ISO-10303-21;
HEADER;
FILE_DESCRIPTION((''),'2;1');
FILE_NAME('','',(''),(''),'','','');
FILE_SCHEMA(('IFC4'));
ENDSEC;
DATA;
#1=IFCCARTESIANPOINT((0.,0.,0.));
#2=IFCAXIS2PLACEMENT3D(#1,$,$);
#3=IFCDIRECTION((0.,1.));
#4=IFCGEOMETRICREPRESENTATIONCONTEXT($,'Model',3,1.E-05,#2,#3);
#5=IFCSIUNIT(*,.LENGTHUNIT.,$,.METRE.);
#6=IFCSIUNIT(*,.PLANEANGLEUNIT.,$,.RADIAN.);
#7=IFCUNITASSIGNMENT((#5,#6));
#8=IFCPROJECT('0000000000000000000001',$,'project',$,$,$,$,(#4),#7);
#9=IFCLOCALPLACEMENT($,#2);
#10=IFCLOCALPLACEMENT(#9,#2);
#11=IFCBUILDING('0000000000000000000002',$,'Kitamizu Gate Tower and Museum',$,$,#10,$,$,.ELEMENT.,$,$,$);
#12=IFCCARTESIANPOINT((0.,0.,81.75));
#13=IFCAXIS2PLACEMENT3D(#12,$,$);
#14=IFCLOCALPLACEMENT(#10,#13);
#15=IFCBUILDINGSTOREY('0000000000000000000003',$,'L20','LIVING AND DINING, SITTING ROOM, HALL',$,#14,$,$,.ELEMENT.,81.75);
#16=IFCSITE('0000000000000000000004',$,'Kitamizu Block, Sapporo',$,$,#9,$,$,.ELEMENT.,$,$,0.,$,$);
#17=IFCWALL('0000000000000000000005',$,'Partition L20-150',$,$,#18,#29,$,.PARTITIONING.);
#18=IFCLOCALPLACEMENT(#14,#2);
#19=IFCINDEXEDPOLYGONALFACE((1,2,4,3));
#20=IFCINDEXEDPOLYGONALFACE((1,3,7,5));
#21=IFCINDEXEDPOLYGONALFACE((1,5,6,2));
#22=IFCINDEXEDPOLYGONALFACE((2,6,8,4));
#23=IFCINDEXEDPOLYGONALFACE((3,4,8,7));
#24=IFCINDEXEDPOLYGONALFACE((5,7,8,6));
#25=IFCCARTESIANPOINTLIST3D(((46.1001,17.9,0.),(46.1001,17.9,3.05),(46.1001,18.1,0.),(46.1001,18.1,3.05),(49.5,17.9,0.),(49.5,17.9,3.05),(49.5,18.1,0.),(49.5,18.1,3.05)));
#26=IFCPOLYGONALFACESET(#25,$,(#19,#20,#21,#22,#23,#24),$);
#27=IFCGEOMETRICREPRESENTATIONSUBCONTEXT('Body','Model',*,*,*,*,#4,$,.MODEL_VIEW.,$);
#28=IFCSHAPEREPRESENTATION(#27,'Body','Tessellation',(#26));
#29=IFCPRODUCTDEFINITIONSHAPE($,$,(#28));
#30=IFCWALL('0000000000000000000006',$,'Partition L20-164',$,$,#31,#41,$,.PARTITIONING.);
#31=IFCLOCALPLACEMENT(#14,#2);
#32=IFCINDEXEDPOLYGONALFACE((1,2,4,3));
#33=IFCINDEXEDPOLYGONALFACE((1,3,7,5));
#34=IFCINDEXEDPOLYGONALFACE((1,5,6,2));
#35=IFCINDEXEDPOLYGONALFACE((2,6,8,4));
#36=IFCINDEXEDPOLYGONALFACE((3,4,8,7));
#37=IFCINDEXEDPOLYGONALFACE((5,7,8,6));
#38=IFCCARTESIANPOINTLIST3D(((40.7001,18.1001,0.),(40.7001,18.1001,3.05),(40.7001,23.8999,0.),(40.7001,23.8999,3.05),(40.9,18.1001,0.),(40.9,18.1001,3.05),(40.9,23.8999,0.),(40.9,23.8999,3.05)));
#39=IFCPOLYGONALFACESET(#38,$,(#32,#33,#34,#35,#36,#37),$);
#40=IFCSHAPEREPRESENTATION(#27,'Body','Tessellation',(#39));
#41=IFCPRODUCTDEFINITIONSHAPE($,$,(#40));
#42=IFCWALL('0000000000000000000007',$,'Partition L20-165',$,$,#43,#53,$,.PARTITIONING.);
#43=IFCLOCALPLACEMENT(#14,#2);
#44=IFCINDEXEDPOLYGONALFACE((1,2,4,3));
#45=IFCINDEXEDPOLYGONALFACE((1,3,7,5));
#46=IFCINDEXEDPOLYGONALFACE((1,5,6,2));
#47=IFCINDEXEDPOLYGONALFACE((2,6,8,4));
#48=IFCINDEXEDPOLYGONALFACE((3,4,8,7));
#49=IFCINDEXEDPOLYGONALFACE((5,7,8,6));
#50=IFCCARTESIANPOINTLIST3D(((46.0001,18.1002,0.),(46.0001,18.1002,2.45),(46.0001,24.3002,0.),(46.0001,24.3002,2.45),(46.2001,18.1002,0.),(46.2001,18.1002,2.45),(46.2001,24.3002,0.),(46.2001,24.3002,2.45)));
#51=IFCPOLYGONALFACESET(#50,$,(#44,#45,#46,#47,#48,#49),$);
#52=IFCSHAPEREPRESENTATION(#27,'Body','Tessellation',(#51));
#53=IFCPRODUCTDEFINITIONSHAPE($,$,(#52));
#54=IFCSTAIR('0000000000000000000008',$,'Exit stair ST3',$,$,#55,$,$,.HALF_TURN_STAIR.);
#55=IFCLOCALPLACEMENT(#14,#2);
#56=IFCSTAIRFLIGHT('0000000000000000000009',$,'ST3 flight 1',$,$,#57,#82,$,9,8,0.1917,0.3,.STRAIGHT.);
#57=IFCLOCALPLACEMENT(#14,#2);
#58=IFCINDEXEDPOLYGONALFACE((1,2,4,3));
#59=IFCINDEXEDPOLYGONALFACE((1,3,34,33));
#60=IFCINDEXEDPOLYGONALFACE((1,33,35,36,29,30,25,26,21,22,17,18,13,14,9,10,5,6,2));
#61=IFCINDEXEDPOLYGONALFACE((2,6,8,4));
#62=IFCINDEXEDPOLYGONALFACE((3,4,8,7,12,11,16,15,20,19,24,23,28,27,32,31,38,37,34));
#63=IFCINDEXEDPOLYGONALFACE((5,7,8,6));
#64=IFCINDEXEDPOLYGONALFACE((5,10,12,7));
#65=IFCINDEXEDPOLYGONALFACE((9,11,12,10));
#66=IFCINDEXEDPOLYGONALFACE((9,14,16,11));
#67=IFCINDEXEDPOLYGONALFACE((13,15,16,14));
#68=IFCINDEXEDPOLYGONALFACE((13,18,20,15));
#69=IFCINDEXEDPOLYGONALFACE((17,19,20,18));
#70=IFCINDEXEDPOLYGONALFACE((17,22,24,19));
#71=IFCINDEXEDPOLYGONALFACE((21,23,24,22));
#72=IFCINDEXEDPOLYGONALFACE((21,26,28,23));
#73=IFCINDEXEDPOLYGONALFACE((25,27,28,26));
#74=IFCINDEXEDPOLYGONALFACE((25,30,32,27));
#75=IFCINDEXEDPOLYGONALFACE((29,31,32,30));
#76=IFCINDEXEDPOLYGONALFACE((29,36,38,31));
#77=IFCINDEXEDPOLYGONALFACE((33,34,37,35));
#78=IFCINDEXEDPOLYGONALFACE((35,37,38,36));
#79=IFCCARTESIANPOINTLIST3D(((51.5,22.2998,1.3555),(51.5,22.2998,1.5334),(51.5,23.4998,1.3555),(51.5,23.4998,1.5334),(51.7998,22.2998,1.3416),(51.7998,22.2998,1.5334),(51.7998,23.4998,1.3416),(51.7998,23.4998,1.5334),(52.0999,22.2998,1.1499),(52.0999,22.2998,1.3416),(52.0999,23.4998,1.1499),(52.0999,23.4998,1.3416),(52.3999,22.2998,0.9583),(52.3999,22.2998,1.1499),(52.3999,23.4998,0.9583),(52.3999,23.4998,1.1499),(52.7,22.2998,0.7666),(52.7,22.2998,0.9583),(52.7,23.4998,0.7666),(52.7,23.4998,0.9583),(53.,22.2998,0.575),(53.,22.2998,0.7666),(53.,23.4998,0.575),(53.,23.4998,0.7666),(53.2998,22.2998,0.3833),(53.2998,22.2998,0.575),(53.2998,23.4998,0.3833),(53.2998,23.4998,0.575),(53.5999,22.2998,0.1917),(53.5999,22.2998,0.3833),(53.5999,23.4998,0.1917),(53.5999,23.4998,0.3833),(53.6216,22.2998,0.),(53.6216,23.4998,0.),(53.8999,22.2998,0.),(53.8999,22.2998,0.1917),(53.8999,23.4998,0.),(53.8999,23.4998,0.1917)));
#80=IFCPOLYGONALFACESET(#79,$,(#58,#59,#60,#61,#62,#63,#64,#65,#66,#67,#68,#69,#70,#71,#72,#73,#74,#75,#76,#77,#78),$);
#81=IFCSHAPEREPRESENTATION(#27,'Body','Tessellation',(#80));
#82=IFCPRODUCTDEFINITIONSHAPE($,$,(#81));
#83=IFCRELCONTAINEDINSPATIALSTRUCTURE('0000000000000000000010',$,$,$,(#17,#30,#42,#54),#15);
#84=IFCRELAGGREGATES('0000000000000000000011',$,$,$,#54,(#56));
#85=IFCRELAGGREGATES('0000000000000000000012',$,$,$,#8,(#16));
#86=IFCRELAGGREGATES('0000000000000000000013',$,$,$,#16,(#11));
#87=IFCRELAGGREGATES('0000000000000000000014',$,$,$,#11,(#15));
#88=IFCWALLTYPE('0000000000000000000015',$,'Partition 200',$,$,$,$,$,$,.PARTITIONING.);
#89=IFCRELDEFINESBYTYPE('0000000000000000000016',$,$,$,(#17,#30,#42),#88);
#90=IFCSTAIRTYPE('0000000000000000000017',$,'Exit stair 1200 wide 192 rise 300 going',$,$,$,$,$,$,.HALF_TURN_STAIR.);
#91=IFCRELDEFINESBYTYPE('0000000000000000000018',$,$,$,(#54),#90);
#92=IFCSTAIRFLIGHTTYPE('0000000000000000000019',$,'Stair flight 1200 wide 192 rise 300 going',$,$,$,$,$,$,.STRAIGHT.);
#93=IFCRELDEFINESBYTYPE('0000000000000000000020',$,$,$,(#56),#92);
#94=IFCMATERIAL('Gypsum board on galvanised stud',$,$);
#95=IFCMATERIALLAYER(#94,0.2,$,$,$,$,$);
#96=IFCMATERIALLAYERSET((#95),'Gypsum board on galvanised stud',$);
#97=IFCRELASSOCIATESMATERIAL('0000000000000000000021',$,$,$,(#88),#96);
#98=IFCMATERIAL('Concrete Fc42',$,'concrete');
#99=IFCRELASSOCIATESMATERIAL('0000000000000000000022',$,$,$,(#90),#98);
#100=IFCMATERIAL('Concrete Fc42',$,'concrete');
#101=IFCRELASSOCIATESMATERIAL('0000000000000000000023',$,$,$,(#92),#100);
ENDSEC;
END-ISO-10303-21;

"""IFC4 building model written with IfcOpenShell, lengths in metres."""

from ifc_helpers import new_model, si_unit, direction, frame, frame_2d, origin, place, context, subcontext, project, spatial, polyline, rectangle, outline, extrude, material, layer, layer_set, type_object, element, aggregate, save


model = new_model("IFC4")

# Units and contexts
model_context = context("Model", 3, precision=1e-05, world=origin(), true_north=direction((0.0, 1.0)))
body_context = subcontext(model_context, "Body", "Model", "MODEL_VIEW")
ifc_project = project(units=[si_unit("LENGTHUNIT", "METRE"), si_unit("PLANEANGLEUNIT", "RADIAN")], contexts=[model_context])

# Site, building, storey
site_placement = place(None, origin())
site = spatial("IfcSite", under=ifc_project, at=site_placement, Name="Kitamizu Block, Sapporo", CompositionType="ELEMENT", RefElevation=0.0)
building_placement = place(site_placement, origin())
building = spatial("IfcBuilding", under=site, at=building_placement, Name="Kitamizu Gate Tower and Museum", CompositionType="ELEMENT")
storey_placement = place(building_placement, frame((0.0, 0.0, 81.75)))
storey = spatial("IfcBuildingStorey", under=building, at=storey_placement, Name="L20", Description="LIVING AND DINING, SITTING ROOM, HALL", CompositionType="ELEMENT", Elevation=81.75)

# Walls
ifc_material_1 = material(Name="Gypsum board on galvanised stud")
ifc_layer_1 = layer(ifc_material_1, 0.2)
ifc_layer_set_1 = layer_set([ifc_layer_1], Name="Gypsum board on galvanised stud")
wall_type_1 = type_object("IfcWallType", Name="Partition 200", PredefinedType="PARTITIONING", material=ifc_layer_set_1)
wall_1_placement = place(storey_placement, frame((49.5, 18.0, 0.0), z_axis=(0.0, 0.0, 1.0), x_axis=(-1.0, 0.0, 0.0)))
element("IfcWall", 1, at=wall_1_placement, inside=storey, type_object=wall_type_1, Name="Partition L20-150", PredefinedType="PARTITIONING", context=body_context, shape_type="SweptSolid", body=[
    extrude(rectangle(XDim=3.3999, YDim=0.2, at=frame_2d((1.7, 0.0))), origin(), (0.0, 0.0, 1.0), 3.05),
])
wall_2_placement = place(storey_placement, frame((40.8, 23.8999, 0.0), z_axis=(0.0, 0.0, 1.0), x_axis=(0.0, -1.0, 0.0)))
element("IfcWall", 2, at=wall_2_placement, inside=storey, type_object=wall_type_1, Name="Partition L20-164", PredefinedType="PARTITIONING", context=body_context, shape_type="SweptSolid", body=[
    extrude(rectangle(XDim=5.7998, YDim=0.2, at=frame_2d((2.8999, 0.0))), origin(), (0.0, 0.0, 1.0), 3.05),
])
wall_3_placement = place(storey_placement, frame((46.1001, 18.1001, 0.0), z_axis=(0.0, 0.0, 1.0), x_axis=(0.0, 1.0, 0.0)))
element("IfcWall", 3, at=wall_3_placement, inside=storey, type_object=wall_type_1, Name="Partition L20-165", PredefinedType="PARTITIONING", context=body_context, shape_type="SweptSolid", body=[
    extrude(rectangle(XDim=6.2, YDim=0.2, at=frame_2d((3.1001, 0.0))), origin(), (0.0, 0.0, 1.0), 2.45),
])

# Stair, stair flight
ifc_material_2 = material(Name="Concrete Fc42", Category="concrete")
stair_type = type_object("IfcStairType", Name="Exit stair 1200 wide 192 rise 300 going", PredefinedType="HALF_TURN_STAIR", material=ifc_material_2)
stair_placement = place(storey_placement, origin())
stair = element("IfcStair", 4, at=stair_placement, inside=storey, type_object=stair_type, Name="Exit stair ST3", PredefinedType="HALF_TURN_STAIR")
ifc_material_3 = material(Name="Concrete Fc42", Category="concrete")
stair_flight_type = type_object("IfcStairFlightType", Name="Stair flight 1200 wide 192 rise 300 going", PredefinedType="STRAIGHT", material=ifc_material_3)
stair_flight_placement = place(storey_placement, frame((53.8999, 22.8999, 0.0), z_axis=(0.0, 0.0, 1.0), x_axis=(-1.0, 0.0, 0.0)))
stair_flight = element("IfcStairFlight", 5, at=stair_flight_placement, type_object=stair_flight_type, Name="ST3 flight 1", NumberOfRisers=9, NumberOfTreads=8, PredefinedType="STRAIGHT", RiserHeight=0.1917, TreadLength=0.3, context=body_context, shape_type="SweptSolid", body=[
    extrude(outline(polyline([(0.0, 0.0), (0.0, 0.1917), (0.3, 0.1917), (0.3, 0.3833), (0.6001, 0.3833), (0.6001, 0.575), (0.8999, 0.575), (0.8999, 0.7666), (1.2, 0.7666), (1.2, 0.9583), (1.5, 0.9583), (1.5, 1.1499), (1.8, 1.1499), (1.8, 1.3416), (2.1001, 1.3416), (2.1001, 1.5334), (2.3999, 1.5334), (2.3999, 1.7251), (2.3999, 1.3555), (0.2783, 0.0), (0.0, 0.0)])), frame((0.0, 0.6001, 0.0), z_axis=(0.0, -1.0, 0.0), x_axis=(1.0, 0.0, 0.0)), (0.0, 0.0, 1.0), 1.2),
])
aggregate(stair, [stair_flight])

save(model, "model.ifc")
